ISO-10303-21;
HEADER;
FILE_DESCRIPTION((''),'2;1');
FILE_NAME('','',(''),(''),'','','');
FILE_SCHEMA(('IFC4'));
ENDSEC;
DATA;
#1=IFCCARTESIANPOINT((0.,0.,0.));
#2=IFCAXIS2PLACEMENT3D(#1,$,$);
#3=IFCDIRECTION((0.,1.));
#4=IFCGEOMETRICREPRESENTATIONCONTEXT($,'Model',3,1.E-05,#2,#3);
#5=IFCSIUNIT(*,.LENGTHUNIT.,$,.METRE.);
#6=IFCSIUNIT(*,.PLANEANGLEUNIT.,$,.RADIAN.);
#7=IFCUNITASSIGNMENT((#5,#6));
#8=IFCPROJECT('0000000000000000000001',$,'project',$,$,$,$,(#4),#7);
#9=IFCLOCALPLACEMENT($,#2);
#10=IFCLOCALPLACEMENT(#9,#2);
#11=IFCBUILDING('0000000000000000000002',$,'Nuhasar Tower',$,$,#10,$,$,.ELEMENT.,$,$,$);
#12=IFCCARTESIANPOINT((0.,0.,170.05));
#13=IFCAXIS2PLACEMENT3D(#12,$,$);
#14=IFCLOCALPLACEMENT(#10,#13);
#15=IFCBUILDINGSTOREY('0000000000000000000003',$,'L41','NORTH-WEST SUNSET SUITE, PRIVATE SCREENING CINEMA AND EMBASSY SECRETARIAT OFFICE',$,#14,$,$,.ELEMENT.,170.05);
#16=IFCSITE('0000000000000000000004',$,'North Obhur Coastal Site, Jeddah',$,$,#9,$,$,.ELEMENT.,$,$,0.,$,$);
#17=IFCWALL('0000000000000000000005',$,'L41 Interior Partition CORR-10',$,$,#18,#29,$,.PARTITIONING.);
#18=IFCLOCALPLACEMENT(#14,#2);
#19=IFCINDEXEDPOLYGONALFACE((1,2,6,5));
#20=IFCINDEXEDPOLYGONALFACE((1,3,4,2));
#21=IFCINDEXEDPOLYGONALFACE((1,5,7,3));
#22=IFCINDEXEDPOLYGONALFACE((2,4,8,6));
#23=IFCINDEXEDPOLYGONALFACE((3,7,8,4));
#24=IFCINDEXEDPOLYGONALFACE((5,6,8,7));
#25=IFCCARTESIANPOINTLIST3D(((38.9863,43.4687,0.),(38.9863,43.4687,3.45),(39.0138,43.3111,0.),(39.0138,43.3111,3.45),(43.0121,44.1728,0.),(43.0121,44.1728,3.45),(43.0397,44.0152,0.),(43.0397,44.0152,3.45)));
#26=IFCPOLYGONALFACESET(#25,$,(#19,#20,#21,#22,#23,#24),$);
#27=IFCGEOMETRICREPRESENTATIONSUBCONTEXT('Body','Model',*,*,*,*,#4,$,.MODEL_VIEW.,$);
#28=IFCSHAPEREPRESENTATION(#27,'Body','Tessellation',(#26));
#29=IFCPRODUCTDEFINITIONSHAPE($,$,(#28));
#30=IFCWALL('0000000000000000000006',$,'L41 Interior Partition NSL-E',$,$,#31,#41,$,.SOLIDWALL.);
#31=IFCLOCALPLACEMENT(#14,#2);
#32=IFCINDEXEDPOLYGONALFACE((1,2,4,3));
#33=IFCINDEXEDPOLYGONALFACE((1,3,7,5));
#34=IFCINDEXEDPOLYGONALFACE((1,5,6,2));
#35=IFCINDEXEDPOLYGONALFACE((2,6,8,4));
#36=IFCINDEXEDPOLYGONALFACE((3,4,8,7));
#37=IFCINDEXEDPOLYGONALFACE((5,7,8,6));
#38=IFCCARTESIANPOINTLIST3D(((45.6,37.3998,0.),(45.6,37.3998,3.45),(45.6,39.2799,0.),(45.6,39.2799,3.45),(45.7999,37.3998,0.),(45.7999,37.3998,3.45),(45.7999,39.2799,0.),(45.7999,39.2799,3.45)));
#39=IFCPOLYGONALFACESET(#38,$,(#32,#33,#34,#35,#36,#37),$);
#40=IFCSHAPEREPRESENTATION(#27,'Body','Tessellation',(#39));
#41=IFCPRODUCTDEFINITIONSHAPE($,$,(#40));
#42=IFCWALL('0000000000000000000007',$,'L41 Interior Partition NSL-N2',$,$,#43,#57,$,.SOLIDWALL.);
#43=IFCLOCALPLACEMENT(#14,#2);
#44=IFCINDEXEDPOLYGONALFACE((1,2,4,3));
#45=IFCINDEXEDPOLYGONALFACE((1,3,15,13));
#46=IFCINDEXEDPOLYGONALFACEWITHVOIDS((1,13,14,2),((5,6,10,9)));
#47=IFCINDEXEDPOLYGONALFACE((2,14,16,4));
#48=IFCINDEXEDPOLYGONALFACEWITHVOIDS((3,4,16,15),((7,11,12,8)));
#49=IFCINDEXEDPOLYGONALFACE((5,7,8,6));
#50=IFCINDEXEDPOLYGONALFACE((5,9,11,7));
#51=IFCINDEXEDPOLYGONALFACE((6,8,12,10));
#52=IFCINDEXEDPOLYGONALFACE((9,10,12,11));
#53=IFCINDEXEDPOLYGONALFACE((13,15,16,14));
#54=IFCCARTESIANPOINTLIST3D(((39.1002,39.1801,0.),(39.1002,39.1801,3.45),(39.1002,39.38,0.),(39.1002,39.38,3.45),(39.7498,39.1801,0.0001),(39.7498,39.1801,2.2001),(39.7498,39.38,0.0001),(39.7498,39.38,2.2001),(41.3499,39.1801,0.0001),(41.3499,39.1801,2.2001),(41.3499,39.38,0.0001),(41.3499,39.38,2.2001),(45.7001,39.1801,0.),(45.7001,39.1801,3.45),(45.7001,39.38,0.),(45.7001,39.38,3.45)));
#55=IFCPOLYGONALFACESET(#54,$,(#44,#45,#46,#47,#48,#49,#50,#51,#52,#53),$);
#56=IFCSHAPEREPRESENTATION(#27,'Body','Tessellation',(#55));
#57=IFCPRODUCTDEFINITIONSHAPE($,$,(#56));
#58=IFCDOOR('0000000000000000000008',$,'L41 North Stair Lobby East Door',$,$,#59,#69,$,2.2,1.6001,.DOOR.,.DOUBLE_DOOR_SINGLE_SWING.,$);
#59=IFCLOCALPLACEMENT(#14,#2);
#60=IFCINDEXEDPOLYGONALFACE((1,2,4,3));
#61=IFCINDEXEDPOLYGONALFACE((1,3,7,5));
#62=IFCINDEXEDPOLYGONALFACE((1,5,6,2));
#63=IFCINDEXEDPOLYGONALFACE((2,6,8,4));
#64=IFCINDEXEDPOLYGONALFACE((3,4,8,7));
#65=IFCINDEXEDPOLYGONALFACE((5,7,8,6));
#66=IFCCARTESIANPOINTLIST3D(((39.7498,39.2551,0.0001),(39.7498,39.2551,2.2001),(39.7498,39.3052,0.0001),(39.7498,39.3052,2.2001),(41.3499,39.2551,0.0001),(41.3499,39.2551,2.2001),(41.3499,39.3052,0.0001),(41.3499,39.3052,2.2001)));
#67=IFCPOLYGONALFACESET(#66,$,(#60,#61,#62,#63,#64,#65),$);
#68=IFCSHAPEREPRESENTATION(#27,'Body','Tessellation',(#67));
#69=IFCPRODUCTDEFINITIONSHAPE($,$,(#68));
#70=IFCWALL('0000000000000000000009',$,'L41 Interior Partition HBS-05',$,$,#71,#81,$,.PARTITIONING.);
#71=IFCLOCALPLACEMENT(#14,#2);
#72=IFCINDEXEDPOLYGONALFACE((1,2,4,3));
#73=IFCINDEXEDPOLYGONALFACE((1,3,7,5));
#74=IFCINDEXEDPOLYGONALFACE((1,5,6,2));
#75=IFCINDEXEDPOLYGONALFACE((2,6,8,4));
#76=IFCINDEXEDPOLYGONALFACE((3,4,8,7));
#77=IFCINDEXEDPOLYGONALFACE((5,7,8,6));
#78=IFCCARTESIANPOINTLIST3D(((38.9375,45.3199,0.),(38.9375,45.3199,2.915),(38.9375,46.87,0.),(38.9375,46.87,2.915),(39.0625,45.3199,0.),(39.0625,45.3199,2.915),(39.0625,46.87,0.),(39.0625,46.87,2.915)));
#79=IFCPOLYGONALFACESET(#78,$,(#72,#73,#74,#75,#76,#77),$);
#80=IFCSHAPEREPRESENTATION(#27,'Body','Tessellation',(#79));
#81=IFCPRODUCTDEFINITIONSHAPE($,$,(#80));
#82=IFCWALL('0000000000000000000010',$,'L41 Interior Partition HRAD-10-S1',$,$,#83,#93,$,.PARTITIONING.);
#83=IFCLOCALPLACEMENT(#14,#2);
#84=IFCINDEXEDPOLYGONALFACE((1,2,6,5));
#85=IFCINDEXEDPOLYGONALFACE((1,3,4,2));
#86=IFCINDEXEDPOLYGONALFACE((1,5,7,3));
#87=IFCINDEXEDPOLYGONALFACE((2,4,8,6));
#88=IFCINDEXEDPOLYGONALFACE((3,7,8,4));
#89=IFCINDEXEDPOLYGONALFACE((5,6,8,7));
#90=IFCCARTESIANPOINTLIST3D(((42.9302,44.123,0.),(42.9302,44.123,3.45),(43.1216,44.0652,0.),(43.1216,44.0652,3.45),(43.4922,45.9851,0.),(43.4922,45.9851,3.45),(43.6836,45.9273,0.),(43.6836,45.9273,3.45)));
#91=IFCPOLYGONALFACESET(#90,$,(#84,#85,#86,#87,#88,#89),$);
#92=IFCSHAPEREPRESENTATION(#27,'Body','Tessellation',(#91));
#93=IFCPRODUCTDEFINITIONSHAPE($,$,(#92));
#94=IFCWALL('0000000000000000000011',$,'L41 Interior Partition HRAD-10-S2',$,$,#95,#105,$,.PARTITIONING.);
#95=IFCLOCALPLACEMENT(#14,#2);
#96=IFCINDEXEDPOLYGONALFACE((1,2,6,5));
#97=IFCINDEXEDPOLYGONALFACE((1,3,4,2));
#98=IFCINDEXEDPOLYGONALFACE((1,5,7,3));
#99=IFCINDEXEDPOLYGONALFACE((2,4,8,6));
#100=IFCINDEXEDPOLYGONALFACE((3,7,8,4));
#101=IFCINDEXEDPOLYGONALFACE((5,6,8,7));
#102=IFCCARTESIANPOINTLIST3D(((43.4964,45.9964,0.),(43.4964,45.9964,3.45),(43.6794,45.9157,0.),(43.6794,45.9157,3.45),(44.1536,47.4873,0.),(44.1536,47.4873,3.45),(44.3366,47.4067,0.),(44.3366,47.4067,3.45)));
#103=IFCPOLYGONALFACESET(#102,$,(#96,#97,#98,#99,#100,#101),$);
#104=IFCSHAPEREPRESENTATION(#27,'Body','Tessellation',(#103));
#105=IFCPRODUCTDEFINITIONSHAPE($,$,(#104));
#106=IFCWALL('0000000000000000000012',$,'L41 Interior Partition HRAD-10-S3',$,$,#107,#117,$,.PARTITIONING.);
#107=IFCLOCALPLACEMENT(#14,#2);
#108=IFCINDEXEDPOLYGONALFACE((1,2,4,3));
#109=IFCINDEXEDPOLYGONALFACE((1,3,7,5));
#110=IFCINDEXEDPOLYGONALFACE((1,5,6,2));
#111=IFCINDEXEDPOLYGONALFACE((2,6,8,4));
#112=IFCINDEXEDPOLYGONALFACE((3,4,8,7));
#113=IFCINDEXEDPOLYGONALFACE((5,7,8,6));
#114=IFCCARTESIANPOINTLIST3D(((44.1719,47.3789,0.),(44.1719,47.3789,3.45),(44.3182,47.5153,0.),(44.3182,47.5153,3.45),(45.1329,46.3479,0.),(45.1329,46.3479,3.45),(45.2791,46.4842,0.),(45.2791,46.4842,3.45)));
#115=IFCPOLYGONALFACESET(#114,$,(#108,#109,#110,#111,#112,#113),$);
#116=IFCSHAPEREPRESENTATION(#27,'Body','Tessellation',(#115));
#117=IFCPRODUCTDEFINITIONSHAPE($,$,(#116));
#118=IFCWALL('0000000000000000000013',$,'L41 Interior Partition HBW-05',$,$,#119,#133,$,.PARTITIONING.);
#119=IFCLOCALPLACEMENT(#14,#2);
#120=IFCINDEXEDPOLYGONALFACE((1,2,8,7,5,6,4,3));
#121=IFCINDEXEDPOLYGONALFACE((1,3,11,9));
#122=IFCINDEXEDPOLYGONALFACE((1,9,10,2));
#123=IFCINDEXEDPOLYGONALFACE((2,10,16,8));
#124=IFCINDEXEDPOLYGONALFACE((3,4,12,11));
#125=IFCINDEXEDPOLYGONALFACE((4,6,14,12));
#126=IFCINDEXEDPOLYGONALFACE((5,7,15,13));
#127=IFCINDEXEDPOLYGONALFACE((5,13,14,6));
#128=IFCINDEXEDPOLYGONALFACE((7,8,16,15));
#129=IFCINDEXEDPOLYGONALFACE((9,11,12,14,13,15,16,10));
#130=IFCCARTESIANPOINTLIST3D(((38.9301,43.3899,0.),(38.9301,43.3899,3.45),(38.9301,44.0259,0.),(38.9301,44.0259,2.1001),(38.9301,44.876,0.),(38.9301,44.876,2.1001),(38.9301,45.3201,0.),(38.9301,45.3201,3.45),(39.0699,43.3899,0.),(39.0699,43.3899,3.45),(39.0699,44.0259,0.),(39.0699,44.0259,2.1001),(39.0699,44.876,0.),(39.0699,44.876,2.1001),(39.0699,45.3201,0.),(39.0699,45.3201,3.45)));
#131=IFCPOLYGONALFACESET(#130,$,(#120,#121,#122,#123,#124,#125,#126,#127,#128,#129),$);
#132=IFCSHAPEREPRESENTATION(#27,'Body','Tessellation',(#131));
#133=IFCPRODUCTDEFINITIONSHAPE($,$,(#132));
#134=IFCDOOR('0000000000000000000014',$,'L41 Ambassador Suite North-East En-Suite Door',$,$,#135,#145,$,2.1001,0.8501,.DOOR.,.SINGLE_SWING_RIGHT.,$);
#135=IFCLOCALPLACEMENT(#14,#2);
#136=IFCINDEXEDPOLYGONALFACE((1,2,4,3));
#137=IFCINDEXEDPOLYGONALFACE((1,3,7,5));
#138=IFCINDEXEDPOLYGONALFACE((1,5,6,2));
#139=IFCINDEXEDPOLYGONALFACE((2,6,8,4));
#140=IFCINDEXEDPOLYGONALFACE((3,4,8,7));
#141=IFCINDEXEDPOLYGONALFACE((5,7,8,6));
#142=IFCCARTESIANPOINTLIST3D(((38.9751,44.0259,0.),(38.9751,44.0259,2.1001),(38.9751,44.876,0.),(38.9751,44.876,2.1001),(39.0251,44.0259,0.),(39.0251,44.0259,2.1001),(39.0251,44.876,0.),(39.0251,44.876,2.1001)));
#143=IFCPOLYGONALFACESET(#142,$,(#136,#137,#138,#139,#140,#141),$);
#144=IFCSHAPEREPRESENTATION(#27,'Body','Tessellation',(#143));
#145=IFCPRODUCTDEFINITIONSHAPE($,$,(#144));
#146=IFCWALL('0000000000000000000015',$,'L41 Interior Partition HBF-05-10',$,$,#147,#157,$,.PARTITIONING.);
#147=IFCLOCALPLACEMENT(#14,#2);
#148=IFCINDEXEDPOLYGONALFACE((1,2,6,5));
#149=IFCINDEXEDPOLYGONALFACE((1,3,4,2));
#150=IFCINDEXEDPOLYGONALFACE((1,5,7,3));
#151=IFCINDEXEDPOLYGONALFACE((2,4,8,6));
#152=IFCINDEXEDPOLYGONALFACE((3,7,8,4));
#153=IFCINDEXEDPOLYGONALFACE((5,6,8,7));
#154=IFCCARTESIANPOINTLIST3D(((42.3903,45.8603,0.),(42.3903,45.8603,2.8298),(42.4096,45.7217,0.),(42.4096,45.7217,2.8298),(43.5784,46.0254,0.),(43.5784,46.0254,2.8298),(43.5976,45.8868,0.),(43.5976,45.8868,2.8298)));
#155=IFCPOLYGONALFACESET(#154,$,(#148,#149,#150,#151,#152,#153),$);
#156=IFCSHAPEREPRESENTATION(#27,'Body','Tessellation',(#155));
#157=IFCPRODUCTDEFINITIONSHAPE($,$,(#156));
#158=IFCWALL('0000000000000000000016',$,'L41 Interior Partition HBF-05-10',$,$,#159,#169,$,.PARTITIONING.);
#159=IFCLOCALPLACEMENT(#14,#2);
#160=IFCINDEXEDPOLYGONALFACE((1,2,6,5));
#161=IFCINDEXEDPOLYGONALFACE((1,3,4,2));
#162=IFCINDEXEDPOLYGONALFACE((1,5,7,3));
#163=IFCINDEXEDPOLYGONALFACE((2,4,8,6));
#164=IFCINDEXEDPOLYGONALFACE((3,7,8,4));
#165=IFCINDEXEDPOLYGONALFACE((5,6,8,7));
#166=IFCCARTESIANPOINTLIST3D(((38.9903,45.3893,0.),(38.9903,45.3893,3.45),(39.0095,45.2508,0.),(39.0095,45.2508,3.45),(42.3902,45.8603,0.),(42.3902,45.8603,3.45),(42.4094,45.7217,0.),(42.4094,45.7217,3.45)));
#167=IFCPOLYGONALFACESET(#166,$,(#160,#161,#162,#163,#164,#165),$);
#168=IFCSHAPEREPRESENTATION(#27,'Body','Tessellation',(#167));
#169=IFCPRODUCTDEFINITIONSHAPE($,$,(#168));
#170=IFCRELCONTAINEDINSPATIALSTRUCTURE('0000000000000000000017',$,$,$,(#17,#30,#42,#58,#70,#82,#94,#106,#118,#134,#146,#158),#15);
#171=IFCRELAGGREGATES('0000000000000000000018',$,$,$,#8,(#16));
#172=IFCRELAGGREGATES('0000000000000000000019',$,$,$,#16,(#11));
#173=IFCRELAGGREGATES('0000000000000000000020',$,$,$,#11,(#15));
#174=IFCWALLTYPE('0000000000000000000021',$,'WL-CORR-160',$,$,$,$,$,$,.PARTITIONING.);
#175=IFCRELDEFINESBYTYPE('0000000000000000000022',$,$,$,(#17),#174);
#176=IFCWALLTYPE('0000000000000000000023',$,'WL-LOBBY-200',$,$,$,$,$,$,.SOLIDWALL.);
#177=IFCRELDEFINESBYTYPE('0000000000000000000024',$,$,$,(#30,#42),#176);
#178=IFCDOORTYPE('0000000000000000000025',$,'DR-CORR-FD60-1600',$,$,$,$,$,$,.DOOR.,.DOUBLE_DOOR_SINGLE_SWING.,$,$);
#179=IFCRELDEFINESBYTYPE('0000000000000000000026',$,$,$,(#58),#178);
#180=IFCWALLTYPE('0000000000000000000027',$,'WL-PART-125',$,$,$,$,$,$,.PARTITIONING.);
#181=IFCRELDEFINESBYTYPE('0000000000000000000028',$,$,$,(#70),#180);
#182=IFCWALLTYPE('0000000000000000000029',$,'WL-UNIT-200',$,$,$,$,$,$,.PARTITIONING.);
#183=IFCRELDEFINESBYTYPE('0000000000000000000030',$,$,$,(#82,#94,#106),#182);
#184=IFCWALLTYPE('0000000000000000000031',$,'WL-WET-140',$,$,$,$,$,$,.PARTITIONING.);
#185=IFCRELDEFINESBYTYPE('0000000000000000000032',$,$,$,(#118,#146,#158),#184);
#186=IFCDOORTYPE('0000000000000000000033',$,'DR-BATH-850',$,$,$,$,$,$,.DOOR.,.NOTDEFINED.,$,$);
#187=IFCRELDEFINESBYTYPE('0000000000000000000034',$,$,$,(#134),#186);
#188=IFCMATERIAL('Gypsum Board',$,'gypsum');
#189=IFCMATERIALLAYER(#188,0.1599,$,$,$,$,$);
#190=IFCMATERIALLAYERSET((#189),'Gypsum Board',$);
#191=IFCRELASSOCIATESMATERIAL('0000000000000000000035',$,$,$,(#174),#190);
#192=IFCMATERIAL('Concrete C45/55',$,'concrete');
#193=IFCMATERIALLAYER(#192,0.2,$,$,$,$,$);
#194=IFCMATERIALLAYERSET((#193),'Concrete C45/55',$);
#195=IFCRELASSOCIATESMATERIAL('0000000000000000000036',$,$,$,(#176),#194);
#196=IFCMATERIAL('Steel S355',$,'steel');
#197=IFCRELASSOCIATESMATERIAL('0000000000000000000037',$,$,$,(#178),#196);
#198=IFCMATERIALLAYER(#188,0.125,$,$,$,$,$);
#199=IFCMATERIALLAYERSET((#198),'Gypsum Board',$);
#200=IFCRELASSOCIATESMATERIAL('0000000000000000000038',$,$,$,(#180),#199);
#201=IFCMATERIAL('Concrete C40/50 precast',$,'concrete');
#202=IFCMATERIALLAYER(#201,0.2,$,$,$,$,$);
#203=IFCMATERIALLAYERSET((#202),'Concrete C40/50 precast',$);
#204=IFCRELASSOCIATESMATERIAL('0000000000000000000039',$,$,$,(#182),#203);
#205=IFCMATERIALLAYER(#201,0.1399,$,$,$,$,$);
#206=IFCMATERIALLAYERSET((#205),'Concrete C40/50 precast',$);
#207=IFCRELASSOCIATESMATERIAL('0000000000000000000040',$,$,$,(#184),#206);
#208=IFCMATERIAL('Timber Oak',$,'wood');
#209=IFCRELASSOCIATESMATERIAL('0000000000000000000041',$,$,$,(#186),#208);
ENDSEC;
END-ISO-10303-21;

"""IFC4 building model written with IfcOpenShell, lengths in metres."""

from ifc_helpers import new_model, si_unit, direction, frame, frame_2d, origin, place, context, subcontext, project, spatial, rectangle, extrude, material, layer, layer_set, type_object, element, fill, save


model = new_model("IFC4")

# Units and contexts
model_context = context("Model", 3, precision=1e-05, world=origin(), true_north=direction((0.0, 1.0)))
body_context = subcontext(model_context, "Body", "Model", "MODEL_VIEW")
ifc_project = project(units=[si_unit("LENGTHUNIT", "METRE"), si_unit("PLANEANGLEUNIT", "RADIAN")], contexts=[model_context])

# Site, building, storey
site_placement = place(None, origin())
site = spatial("IfcSite", under=ifc_project, at=site_placement, Name="North Obhur Coastal Site, Jeddah", CompositionType="ELEMENT", RefElevation=0.0)
building_placement = place(site_placement, origin())
building = spatial("IfcBuilding", under=site, at=building_placement, Name="Nuhasar Tower", CompositionType="ELEMENT")
storey_placement = place(building_placement, frame((0.0, 0.0, 170.05)))
storey = spatial("IfcBuildingStorey", under=building, at=storey_placement, Name="L41", Description="NORTH-WEST SUNSET SUITE, PRIVATE SCREENING CINEMA AND EMBASSY SECRETARIAT OFFICE", CompositionType="ELEMENT", Elevation=170.05)

# Shared definitions
ifc_material_1 = material(Name="Steel S355", Category="steel")

# Walls
ifc_material_2 = material(Name="Gypsum Board", Category="gypsum")
ifc_layer_1 = layer(ifc_material_2, 0.1599)
ifc_layer_set_1 = layer_set([ifc_layer_1], Name="Gypsum Board")
wall_type_1 = type_object("IfcWallType", Name="WL-CORR-160", PredefinedType="PARTITIONING", material=ifc_layer_set_1)
wall_1_placement = place(storey_placement, frame((43.0259, 44.094, 0.0), z_axis=(0.0, 0.0, 1.0), x_axis=(-0.985048, -0.172279, 0.0)))
element("IfcWall", 1, at=wall_1_placement, inside=storey, type_object=wall_type_1, Name="L41 Interior Partition CORR-10", PredefinedType="PARTITIONING", context=body_context, shape_type="SweptSolid", body=[
    extrude(rectangle(XDim=4.0869, YDim=0.1599, at=frame_2d((2.0435, 0.0))), origin(), (0.0, 0.0, 1.0), 3.45),
])
ifc_material_3 = material(Name="Concrete C45/55", Category="concrete")
ifc_layer_2 = layer(ifc_material_3, 0.2)
ifc_layer_set_2 = layer_set([ifc_layer_2], Name="Concrete C45/55")
wall_type_2 = type_object("IfcWallType", Name="WL-LOBBY-200", PredefinedType="SOLIDWALL", material=ifc_layer_set_2)
wall_2_placement = place(storey_placement, frame((45.7, 37.3999, 0.0), z_axis=(0.0, 0.0, 1.0), x_axis=(0.0, 1.0, 0.0)))
element("IfcWall", 2, at=wall_2_placement, inside=storey, type_object=wall_type_2, Name="L41 Interior Partition NSL-E", PredefinedType="SOLIDWALL", context=body_context, shape_type="SweptSolid", body=[
    extrude(rectangle(XDim=1.8801, YDim=0.2, at=frame_2d((0.9399, 0.0))), origin(), (0.0, 0.0, 1.0), 3.45),
])

# Wall, opening, door
wall_3_placement = place(storey_placement, frame((45.7, 39.28, 0.0), z_axis=(0.0, 0.0, 1.0), x_axis=(-1.0, 0.0, 0.0)))
wall_3 = element("IfcWall", 3, at=wall_3_placement, inside=storey, type_object=wall_type_2, Name="L41 Interior Partition NSL-N2", PredefinedType="SOLIDWALL", context=body_context, shape_type="SweptSolid", body=[
    extrude(rectangle(XDim=6.5999, YDim=0.2, at=frame_2d((3.2998, 0.0))), origin(), (0.0, 0.0, 1.0), 3.45),
])
opening_1_placement = place(wall_3_placement, frame((4.3501, 0.0, 0.0)))
opening_1 = element("IfcOpeningElement", 4, at=opening_1_placement, cuts=wall_3, PredefinedType="OPENING", context=body_context, shape_type="SweptSolid", body=[
    extrude(rectangle(XDim=1.6001, YDim=2.2, at=frame_2d((0.8, 1.1001))), frame((0.0, 0.1099, 0.0), z_axis=(0.0, -1.0, 0.0), x_axis=(1.0, 0.0, 0.0)), (0.0, 0.0, 1.0), 0.22),
])
door_type_1 = type_object("IfcDoorType", Name="DR-CORR-FD60-1600", OperationType="DOUBLE_DOOR_SINGLE_SWING", PredefinedType="DOOR", material=ifc_material_1)
door_1_placement = place(opening_1_placement, origin())
door_1 = element("IfcDoor", 5, at=door_1_placement, inside=storey, type_object=door_type_1, Name="L41 North Stair Lobby East Door", OperationType="DOUBLE_DOOR_SINGLE_SWING", OverallHeight=2.2, OverallWidth=1.6001, PredefinedType="DOOR", context=body_context, shape_type="SweptSolid", body=[
    extrude(rectangle(XDim=1.6001, YDim=2.2, at=frame_2d((0.8, 1.1001))), frame((0.0, 0.0249, 0.0), z_axis=(0.0, -1.0, 0.0), x_axis=(1.0, 0.0, 0.0)), (0.0, 0.0, 1.0), 0.05),
])
fill(opening_1, door_1)

# Walls
ifc_layer_3 = layer(ifc_material_2, 0.125)
ifc_layer_set_3 = layer_set([ifc_layer_3], Name="Gypsum Board")
wall_type_3 = type_object("IfcWallType", Name="WL-PART-125", PredefinedType="PARTITIONING", material=ifc_layer_set_3)
wall_4_placement = place(storey_placement, frame((39.0, 45.3201, 0.0), z_axis=(0.0, 0.0, 1.0), x_axis=(0.0, 1.0, 0.0)))
element("IfcWall", 6, at=wall_4_placement, inside=storey, type_object=wall_type_3, Name="L41 Interior Partition HBS-05", PredefinedType="PARTITIONING", context=body_context, shape_type="SweptSolid", body=[
    extrude(rectangle(XDim=1.55, YDim=0.125, at=frame_2d((0.7749, 0.0))), origin(), (0.0, 0.0, 1.0), 2.915),
])
ifc_material_4 = material(Name="Concrete C40/50 precast", Category="concrete")
ifc_layer_4 = layer(ifc_material_4, 0.2)
ifc_layer_set_4 = layer_set([ifc_layer_4], Name="Concrete C40/50 precast")
wall_type_4 = type_object("IfcWallType", Name="WL-UNIT-200", PredefinedType="PARTITIONING", material=ifc_layer_set_4)
wall_5_placement = place(storey_placement, frame((43.0259, 44.094, 0.0), z_axis=(0.0, 0.0, 1.0), x_axis=(0.288948, 0.957345, 0.0)))
element("IfcWall", 7, at=wall_5_placement, inside=storey, type_object=wall_type_4, Name="L41 Interior Partition HRAD-10-S1", PredefinedType="PARTITIONING", context=body_context, shape_type="SweptSolid", body=[
    extrude(rectangle(XDim=1.9451, YDim=0.2, at=frame_2d((0.9727, 0.0))), origin(), (0.0, 0.0, 1.0), 3.45),
])
wall_6_placement = place(storey_placement, frame((43.5879, 45.9561, 0.0), z_axis=(0.0, 0.0, 1.0), x_axis=(0.403356, 0.915043, 0.0)))
element("IfcWall", 8, at=wall_6_placement, inside=storey, type_object=wall_type_4, Name="L41 Interior Partition HRAD-10-S2", PredefinedType="PARTITIONING", context=body_context, shape_type="SweptSolid", body=[
    extrude(rectangle(XDim=1.6294, YDim=0.2, at=frame_2d((0.8147, 0.0))), origin(), (0.0, 0.0, 1.0), 3.45),
])
wall_7_placement = place(storey_placement, frame((44.2451, 47.447, 0.0), z_axis=(0.0, 0.0, 1.0), x_axis=(0.681812, -0.731527, 0.0)))
element("IfcWall", 9, at=wall_7_placement, inside=storey, type_object=wall_type_4, Name="L41 Interior Partition HRAD-10-S3", PredefinedType="PARTITIONING", context=body_context, shape_type="SweptSolid", body=[
    extrude(rectangle(XDim=1.4094, YDim=0.2, at=frame_2d((0.7046, 0.0))), origin(), (0.0, 0.0, 1.0), 3.45),
])

# Wall, opening, door
ifc_layer_5 = layer(ifc_material_4, 0.1399)
ifc_layer_set_5 = layer_set([ifc_layer_5], Name="Concrete C40/50 precast")
wall_type_5 = type_object("IfcWallType", Name="WL-WET-140", PredefinedType="PARTITIONING", material=ifc_layer_set_5)
wall_8_placement = place(storey_placement, frame((39.0, 43.3899, 0.0), z_axis=(0.0, 0.0, 1.0), x_axis=(0.0, 1.0, 0.0)))
wall_8 = element("IfcWall", 10, at=wall_8_placement, inside=storey, type_object=wall_type_5, Name="L41 Interior Partition HBW-05", PredefinedType="PARTITIONING", context=body_context, shape_type="SweptSolid", body=[
    extrude(rectangle(XDim=1.9302, YDim=0.1399, at=frame_2d((0.9651, 0.0))), origin(), (0.0, 0.0, 1.0), 3.45),
])
opening_2_placement = place(wall_8_placement, frame((0.636, 0.0, 0.0)))
opening_2 = element("IfcOpeningElement", 11, at=opening_2_placement, cuts=wall_8, PredefinedType="OPENING", context=body_context, shape_type="SweptSolid", body=[
    extrude(rectangle(XDim=0.8501, YDim=2.1001, at=frame_2d((0.425, 1.05))), frame((0.0, 0.0801, 0.0), z_axis=(0.0, -1.0, 0.0), x_axis=(1.0, 0.0, 0.0)), (0.0, 0.0, 1.0), 0.1599),
])
ifc_material_5 = material(Name="Timber Oak", Category="wood")
door_type_2 = type_object("IfcDoorType", Name="DR-BATH-850", OperationType="NOTDEFINED", PredefinedType="DOOR", material=ifc_material_5)
door_2_placement = place(opening_2_placement, origin())
door_2 = element("IfcDoor", 12, at=door_2_placement, inside=storey, type_object=door_type_2, Name="L41 Ambassador Suite North-East En-Suite Door", OperationType="SINGLE_SWING_RIGHT", OverallHeight=2.1001, OverallWidth=0.8501, PredefinedType="DOOR", context=body_context, shape_type="SweptSolid", body=[
    extrude(rectangle(XDim=0.8501, YDim=2.1001, at=frame_2d((0.425, 1.05))), frame((0.0, 0.0249, 0.0), z_axis=(0.0, -1.0, 0.0), x_axis=(1.0, 0.0, 0.0)), (0.0, 0.0, 1.0), 0.05),
])
fill(opening_2, door_2)

# Walls
wall_9_placement = place(storey_placement, frame((43.5879, 45.9561, 0.0), z_axis=(0.0, 0.0, 1.0), x_axis=(-0.990488, -0.137602, 0.0)))
element("IfcWall", 13, at=wall_9_placement, inside=storey, type_object=wall_type_5, Name="L41 Interior Partition HBF-05-10", PredefinedType="PARTITIONING", context=body_context, shape_type="SweptSolid", body=[
    extrude(rectangle(XDim=1.1995, YDim=0.1399, at=frame_2d((0.5996, 0.0))), origin(), (0.0, 0.0, 1.0), 2.8298),
])
wall_10_placement = place(storey_placement, frame((42.3999, 45.791, 0.0), z_axis=(0.0, 0.0, 1.0), x_axis=(-0.990542, -0.137208, 0.0)))
element("IfcWall", 14, at=wall_10_placement, inside=storey, type_object=wall_type_5, Name="L41 Interior Partition HBF-05-10", PredefinedType="PARTITIONING", context=body_context, shape_type="SweptSolid", body=[
    extrude(rectangle(XDim=3.4324, YDim=0.1399, at=frame_2d((1.7163, 0.0))), origin(), (0.0, 0.0, 1.0), 3.45),
])

save(model, "model.ifc")
